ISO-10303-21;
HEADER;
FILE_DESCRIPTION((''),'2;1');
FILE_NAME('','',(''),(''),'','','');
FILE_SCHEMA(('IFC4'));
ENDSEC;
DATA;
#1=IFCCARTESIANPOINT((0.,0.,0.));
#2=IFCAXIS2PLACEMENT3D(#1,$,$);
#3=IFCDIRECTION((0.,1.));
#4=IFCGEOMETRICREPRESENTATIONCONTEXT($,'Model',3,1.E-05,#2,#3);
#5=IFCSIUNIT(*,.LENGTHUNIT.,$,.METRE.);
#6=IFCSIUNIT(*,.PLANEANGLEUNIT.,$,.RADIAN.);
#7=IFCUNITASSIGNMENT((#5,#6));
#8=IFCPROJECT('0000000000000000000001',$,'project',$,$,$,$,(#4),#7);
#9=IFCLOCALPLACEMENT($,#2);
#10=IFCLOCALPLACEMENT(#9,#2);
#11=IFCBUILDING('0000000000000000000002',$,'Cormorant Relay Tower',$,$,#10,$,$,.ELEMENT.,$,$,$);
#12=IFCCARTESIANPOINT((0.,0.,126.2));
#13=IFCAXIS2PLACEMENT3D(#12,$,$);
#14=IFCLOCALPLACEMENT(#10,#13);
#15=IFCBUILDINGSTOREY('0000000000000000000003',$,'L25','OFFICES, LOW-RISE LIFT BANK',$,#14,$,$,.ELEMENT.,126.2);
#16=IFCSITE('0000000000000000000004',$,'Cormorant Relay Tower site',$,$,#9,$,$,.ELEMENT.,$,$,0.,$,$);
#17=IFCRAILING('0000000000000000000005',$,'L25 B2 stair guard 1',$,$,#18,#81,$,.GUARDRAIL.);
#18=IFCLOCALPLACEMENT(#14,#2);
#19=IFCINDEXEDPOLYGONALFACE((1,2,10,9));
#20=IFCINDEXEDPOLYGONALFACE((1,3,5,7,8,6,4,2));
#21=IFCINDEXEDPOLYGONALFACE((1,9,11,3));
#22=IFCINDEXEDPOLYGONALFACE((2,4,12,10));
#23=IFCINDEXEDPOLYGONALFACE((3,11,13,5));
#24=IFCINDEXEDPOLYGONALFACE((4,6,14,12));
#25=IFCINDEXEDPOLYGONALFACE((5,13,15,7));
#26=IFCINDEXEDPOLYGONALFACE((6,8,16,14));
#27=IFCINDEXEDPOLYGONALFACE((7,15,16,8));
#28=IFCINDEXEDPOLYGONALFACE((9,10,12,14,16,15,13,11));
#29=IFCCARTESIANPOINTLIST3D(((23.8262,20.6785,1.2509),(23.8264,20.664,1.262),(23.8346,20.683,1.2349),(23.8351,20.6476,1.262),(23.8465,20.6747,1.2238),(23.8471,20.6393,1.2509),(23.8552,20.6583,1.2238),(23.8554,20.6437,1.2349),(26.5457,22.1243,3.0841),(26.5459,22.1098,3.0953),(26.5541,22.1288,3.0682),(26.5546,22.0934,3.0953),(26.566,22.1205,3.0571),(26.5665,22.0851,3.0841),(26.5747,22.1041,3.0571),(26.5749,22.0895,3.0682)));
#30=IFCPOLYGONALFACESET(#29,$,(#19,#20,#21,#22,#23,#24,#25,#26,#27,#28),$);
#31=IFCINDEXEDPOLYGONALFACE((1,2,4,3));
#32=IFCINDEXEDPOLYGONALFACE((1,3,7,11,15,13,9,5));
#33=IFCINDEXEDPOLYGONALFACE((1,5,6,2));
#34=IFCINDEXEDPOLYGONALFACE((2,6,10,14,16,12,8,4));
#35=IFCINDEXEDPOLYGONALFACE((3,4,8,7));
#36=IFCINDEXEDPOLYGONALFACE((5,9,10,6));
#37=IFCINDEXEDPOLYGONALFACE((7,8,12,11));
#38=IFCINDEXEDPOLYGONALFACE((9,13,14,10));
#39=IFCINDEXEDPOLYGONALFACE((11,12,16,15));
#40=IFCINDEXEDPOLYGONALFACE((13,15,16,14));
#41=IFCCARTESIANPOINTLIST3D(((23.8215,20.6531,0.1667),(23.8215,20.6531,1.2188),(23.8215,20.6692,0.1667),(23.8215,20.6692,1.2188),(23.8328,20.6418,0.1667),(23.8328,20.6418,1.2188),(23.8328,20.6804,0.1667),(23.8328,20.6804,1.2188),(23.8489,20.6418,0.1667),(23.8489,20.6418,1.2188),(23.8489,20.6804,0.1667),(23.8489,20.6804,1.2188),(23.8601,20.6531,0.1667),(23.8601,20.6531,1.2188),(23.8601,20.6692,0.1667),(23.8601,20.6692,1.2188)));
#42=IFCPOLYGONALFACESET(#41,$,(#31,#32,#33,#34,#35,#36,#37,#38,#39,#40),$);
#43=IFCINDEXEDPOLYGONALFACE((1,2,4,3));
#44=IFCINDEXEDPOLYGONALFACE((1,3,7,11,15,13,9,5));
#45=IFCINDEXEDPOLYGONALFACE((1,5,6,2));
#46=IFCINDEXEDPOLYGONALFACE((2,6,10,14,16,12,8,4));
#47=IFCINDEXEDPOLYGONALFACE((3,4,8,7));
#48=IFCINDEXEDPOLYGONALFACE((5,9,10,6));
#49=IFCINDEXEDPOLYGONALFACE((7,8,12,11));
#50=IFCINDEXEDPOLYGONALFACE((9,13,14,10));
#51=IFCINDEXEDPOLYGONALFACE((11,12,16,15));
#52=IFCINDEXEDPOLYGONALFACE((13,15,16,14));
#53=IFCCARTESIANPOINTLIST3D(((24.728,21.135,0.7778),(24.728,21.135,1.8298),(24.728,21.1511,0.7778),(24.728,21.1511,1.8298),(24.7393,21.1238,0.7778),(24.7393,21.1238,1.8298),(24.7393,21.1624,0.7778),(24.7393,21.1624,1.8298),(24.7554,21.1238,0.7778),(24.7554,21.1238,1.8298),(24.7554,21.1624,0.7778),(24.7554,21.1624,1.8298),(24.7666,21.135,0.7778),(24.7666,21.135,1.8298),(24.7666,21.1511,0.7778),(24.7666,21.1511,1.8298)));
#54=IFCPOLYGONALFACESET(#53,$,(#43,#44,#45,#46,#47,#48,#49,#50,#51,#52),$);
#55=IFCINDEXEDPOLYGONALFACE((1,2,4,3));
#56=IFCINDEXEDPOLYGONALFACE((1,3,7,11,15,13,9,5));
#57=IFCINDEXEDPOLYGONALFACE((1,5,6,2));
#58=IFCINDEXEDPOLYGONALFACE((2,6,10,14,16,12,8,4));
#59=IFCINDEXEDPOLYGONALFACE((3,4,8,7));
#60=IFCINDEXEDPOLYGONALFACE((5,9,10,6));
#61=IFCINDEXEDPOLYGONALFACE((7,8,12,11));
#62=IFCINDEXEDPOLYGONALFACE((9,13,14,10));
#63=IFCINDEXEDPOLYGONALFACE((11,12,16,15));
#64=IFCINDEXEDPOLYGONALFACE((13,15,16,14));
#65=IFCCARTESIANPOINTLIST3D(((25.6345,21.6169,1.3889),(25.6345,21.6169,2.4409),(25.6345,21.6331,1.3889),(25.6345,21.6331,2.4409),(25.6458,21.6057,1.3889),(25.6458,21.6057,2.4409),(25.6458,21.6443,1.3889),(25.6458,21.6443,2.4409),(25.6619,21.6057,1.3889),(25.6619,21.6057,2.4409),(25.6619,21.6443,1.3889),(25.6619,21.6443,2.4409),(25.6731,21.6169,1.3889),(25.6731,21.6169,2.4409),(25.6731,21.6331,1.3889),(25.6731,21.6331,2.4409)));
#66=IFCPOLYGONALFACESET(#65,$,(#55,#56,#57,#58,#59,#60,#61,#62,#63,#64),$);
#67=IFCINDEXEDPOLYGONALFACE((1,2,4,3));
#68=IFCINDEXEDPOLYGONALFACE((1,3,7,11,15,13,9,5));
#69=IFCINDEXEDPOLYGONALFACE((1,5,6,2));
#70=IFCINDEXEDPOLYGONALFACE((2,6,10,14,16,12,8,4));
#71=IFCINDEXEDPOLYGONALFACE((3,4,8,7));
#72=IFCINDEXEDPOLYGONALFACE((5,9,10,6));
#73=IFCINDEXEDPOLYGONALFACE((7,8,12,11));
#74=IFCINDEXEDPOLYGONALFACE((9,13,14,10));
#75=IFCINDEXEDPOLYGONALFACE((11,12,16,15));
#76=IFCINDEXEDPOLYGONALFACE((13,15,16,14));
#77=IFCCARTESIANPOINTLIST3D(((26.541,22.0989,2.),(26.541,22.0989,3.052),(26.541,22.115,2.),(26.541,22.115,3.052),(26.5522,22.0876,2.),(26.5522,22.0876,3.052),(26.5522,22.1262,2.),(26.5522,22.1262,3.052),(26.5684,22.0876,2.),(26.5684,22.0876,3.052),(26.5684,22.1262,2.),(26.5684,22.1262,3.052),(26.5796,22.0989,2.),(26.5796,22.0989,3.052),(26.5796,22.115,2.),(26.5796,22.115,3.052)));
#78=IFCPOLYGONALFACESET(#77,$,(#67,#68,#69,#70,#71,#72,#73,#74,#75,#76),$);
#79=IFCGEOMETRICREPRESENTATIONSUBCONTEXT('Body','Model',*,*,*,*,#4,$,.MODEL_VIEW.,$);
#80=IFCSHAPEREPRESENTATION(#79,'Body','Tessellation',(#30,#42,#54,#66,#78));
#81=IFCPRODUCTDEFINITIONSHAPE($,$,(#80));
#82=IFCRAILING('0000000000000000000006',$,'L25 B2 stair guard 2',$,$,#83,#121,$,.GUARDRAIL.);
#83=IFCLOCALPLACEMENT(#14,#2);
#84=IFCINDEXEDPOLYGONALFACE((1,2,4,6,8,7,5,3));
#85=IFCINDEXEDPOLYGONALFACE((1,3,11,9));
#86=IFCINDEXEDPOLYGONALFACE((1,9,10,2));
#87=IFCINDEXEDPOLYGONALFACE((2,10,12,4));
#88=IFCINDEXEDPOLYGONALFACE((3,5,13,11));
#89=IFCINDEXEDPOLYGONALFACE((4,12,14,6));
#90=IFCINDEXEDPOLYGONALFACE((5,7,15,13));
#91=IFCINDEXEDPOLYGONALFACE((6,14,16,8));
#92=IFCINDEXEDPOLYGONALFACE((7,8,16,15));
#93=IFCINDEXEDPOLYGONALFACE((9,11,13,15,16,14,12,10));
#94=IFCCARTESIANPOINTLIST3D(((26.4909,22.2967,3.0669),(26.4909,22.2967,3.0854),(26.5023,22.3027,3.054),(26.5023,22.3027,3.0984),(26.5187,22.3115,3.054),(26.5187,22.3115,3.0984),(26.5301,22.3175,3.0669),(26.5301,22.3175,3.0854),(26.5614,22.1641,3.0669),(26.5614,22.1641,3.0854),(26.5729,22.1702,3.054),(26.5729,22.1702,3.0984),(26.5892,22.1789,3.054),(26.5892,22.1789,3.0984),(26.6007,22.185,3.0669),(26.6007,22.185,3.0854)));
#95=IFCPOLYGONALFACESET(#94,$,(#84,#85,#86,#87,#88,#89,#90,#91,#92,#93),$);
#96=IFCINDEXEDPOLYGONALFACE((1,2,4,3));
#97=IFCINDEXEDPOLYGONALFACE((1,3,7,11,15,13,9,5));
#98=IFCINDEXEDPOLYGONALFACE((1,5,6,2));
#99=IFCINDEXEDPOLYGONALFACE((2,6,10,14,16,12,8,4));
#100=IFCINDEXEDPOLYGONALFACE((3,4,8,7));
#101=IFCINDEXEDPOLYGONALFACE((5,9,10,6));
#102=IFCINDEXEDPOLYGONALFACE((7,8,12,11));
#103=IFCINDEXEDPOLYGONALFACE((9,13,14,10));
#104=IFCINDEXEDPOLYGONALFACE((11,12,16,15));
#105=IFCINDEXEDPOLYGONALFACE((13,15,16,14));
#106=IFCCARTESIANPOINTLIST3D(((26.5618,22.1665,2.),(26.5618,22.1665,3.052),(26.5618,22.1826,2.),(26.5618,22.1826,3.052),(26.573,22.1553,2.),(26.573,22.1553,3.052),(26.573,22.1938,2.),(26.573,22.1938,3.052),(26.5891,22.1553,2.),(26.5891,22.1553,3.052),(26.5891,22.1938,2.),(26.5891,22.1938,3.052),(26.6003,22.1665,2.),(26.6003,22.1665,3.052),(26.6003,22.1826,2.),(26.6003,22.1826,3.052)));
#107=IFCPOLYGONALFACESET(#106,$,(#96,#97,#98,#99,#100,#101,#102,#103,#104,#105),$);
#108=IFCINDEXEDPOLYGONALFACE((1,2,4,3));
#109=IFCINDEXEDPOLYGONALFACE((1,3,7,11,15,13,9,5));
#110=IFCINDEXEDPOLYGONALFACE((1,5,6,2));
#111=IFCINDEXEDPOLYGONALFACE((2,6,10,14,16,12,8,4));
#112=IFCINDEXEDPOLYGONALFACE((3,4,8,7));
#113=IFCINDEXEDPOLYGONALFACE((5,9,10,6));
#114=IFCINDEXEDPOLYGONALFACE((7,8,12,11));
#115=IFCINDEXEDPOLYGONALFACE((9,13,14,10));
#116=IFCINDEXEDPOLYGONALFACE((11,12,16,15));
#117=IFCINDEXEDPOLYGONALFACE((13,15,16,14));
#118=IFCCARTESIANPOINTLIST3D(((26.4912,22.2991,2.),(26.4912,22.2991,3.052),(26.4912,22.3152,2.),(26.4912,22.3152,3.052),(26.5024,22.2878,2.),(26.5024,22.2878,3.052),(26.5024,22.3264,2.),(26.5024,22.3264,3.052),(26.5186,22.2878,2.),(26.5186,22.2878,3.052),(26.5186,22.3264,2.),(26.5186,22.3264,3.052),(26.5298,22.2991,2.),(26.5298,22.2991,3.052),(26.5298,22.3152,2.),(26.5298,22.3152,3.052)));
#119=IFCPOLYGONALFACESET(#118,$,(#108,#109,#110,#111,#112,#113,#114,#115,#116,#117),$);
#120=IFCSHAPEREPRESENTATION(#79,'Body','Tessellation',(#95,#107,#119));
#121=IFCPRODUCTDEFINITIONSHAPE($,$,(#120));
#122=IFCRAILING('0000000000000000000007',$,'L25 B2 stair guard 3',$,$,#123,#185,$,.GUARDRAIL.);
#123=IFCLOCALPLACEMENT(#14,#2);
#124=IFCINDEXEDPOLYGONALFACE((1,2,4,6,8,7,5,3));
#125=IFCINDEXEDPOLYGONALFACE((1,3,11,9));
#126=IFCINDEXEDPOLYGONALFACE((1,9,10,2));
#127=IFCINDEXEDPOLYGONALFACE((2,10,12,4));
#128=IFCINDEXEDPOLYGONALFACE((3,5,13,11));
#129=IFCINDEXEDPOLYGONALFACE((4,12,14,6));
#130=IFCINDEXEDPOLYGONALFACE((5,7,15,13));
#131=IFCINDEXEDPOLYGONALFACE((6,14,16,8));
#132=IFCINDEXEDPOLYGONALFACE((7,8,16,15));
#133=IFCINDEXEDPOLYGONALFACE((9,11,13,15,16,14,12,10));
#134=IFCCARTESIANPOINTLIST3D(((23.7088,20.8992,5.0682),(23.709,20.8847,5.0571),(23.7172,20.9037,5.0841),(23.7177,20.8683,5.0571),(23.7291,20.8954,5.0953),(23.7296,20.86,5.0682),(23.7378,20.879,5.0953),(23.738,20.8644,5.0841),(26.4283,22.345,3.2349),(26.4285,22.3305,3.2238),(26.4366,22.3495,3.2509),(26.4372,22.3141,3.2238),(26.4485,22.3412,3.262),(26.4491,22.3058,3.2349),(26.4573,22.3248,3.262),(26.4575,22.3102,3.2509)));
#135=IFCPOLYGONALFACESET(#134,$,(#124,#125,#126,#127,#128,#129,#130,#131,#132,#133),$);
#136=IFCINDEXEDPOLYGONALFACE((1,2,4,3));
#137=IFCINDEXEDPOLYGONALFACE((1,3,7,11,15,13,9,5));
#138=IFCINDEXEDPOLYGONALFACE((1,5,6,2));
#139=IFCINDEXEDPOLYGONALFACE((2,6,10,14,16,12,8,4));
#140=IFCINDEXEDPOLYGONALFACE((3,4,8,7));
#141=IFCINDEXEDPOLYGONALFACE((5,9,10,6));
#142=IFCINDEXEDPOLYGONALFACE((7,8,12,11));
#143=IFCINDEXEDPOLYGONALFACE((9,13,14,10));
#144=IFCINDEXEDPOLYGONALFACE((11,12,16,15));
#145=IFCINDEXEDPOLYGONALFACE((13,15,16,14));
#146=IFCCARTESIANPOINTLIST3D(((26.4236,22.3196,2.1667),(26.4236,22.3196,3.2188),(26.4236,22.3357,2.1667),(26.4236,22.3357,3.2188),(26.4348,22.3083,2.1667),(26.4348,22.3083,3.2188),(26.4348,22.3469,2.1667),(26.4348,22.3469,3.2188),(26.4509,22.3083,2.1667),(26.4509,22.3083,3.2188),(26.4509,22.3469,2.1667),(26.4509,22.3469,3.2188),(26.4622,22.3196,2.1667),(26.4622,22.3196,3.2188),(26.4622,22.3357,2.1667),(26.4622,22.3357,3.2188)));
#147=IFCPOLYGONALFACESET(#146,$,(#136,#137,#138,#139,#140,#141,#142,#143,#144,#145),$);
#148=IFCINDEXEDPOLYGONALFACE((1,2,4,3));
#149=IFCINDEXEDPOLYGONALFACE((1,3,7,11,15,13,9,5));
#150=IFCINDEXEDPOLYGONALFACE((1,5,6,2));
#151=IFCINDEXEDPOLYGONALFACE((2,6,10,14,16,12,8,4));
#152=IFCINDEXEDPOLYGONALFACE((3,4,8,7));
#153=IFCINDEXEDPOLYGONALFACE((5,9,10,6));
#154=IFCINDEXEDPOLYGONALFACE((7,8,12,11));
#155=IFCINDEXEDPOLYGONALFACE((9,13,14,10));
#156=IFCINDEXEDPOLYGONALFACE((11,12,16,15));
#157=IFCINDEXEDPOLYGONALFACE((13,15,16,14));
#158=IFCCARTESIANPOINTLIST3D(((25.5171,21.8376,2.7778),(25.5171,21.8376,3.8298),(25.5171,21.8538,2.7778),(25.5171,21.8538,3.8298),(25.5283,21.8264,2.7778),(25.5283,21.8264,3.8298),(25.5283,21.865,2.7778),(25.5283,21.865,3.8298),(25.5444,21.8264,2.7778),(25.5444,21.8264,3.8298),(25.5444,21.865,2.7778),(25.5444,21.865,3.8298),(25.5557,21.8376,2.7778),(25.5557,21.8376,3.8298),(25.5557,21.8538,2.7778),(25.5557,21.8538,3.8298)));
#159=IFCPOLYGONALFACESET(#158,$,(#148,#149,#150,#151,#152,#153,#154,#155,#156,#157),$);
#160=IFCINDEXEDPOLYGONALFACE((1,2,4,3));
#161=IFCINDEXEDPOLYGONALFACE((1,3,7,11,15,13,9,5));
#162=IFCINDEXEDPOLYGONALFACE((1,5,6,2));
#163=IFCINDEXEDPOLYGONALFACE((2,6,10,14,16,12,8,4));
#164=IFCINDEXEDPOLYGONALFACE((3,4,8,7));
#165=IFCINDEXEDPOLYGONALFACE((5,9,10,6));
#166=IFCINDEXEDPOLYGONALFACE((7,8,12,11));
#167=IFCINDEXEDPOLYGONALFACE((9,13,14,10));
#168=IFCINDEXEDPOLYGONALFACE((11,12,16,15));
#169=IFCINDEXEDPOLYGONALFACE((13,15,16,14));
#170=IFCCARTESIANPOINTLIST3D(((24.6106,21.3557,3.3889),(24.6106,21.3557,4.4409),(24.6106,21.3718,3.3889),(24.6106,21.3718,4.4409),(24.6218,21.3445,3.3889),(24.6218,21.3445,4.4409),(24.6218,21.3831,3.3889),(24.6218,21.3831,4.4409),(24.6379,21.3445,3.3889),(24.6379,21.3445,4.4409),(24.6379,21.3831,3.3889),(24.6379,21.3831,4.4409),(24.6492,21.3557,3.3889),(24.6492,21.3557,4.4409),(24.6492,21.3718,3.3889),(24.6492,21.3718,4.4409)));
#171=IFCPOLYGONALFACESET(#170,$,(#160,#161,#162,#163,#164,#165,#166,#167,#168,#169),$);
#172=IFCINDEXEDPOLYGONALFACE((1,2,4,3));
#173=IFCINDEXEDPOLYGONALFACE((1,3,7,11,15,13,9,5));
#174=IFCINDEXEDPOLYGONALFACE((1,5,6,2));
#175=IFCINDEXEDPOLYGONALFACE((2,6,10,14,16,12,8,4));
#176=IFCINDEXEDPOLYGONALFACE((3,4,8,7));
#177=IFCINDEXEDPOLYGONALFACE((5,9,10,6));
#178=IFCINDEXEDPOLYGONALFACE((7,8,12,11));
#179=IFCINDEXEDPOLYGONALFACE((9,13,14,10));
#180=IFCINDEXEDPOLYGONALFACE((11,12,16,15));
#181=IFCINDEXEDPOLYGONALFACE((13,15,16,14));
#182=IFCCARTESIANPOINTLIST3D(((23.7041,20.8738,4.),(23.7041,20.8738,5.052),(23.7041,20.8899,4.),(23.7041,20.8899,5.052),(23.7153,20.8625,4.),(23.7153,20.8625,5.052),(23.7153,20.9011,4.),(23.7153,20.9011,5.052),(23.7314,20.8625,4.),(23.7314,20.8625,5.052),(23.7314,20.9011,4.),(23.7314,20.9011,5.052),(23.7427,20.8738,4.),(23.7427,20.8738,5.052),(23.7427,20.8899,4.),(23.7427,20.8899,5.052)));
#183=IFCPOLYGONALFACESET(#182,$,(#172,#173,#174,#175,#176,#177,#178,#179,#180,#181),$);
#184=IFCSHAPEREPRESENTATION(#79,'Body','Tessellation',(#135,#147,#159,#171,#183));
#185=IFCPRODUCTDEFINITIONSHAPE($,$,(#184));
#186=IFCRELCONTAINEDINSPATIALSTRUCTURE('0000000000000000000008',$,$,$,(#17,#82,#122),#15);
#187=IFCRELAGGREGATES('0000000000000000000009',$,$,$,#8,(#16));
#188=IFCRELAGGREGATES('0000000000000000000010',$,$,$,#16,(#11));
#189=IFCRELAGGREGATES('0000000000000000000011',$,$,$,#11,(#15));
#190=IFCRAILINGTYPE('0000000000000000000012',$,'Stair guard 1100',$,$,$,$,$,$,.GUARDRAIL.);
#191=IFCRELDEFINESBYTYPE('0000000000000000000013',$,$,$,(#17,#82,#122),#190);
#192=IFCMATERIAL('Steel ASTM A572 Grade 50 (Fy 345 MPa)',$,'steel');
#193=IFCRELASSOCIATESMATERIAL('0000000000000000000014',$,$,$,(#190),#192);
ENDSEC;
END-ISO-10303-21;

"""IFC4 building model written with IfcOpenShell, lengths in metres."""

from ifc_helpers import new_model, si_unit, direction, frame, origin, place, context, subcontext, project, spatial, polyline, outline, extrude, material, type_object, element, save


model = new_model("IFC4")

# Units and contexts
model_context = context("Model", 3, precision=1e-05, world=origin(), true_north=direction((0.0, 1.0)))
body_context = subcontext(model_context, "Body", "Model", "MODEL_VIEW")
ifc_project = project(units=[si_unit("LENGTHUNIT", "METRE"), si_unit("PLANEANGLEUNIT", "RADIAN")], contexts=[model_context])

# Site, building, storey
site_placement = place(None, origin())
site = spatial("IfcSite", under=ifc_project, at=site_placement, Name="Cormorant Relay Tower site", CompositionType="ELEMENT", RefElevation=0.0)
building_placement = place(site_placement, origin())
building = spatial("IfcBuilding", under=site, at=building_placement, Name="Cormorant Relay Tower", CompositionType="ELEMENT")
storey_placement = place(building_placement, frame((0.0, 0.0, 126.2)))
storey = spatial("IfcBuildingStorey", under=building, at=storey_placement, Name="L25", Description="OFFICES, LOW-RISE LIFT BANK", CompositionType="ELEMENT", Elevation=126.2)

# Railings
ifc_material_1 = material(Name="Steel ASTM A572 Grade 50 (Fy 345 MPa)", Category="steel")
railing_type_1 = type_object("IfcRailingType", Name="Stair guard 1100", PredefinedType="GUARDRAIL", material=ifc_material_1)
railing_1_placement = place(storey_placement, frame((23.8408, 20.6611, 0.1667)))
element("IfcRailing", 1, at=railing_1_placement, inside=storey, type_object=railing_type_1, Name="L25 B2 stair guard 1", PredefinedType="GUARDRAIL", context=body_context, shape_type="SweptSolid", body=[
    extrude(outline(polyline([(0.0222, 0.0093), (0.0093, 0.0222), (-0.0093, 0.0222), (-0.0222, 0.0093), (-0.0222, -0.0093), (-0.0093, -0.0222), (0.0093, -0.0222), (0.0222, -0.0093), (0.0222, 0.0093)])), frame((0.0, 0.0, 1.0762), z_axis=(0.758735, 0.403378, 0.511477), x_axis=(-0.469428, 0.882971, 0.0)), (0.0, 0.0, 1.0), 3.5842),
    extrude(outline(polyline([(0.0193, 0.0081), (0.0081, 0.0193), (-0.0081, 0.0193), (-0.0193, 0.0081), (-0.0193, -0.0081), (-0.0081, -0.0193), (0.0081, -0.0193), (0.0193, -0.0081), (0.0193, 0.0081)])), origin(), (0.0, 0.0, 1.0), 1.052),
    extrude(outline(polyline([(0.0193, 0.0081), (0.0081, 0.0193), (-0.0081, 0.0193), (-0.0193, 0.0081), (-0.0193, -0.0081), (-0.0081, -0.0193), (0.0081, -0.0193), (0.0193, -0.0081), (0.0193, 0.0081)])), frame((0.9065, 0.4819, 0.6111)), (0.0, 0.0, 1.0), 1.052),
    extrude(outline(polyline([(0.0193, 0.0081), (0.0081, 0.0193), (-0.0081, 0.0193), (-0.0193, 0.0081), (-0.0193, -0.0081), (-0.0081, -0.0193), (0.0081, -0.0193), (0.0193, -0.0081), (0.0193, 0.0081)])), frame((1.813, 0.9639, 1.2222)), (0.0, 0.0, 1.0), 1.052),
    extrude(outline(polyline([(0.0193, 0.0081), (0.0081, 0.0193), (-0.0081, 0.0193), (-0.0193, 0.0081), (-0.0193, -0.0081), (-0.0081, -0.0193), (0.0081, -0.0193), (0.0193, -0.0081), (0.0193, 0.0081)])), frame((2.7195, 1.4458, 1.8333)), (0.0, 0.0, 1.0), 1.052),
])
railing_2_placement = place(storey_placement, frame((26.5811, 22.1746, 2.0)))
element("IfcRailing", 2, at=railing_2_placement, inside=storey, type_object=railing_type_1, Name="L25 B2 stair guard 2", PredefinedType="GUARDRAIL", context=body_context, shape_type="SweptSolid", body=[
    extrude(outline(polyline([(0.0222, 0.0093), (0.0093, 0.0222), (-0.0093, 0.0222), (-0.0222, 0.0093), (-0.0222, -0.0093), (-0.0093, -0.0222), (0.0093, -0.0222), (0.0222, -0.0093), (0.0222, 0.0093)])), frame((0.0, 0.0, 1.0762), z_axis=(-0.469829, 0.882758, 0.0), x_axis=(-0.882758, -0.469829, 0.0)), (0.0, 0.0, 1.0), 0.1501),
    extrude(outline(polyline([(0.0193, 0.0081), (0.0081, 0.0193), (-0.0081, 0.0193), (-0.0193, 0.0081), (-0.0193, -0.0081), (-0.0081, -0.0193), (0.0081, -0.0193), (0.0193, -0.0081), (0.0193, 0.0081)])), origin(), (0.0, 0.0, 1.0), 1.052),
    extrude(outline(polyline([(0.0193, 0.0081), (0.0081, 0.0193), (-0.0081, 0.0193), (-0.0193, 0.0081), (-0.0193, -0.0081), (-0.0081, -0.0193), (0.0081, -0.0193), (0.0193, -0.0081), (0.0193, 0.0081)])), frame((-0.0706, 0.1326, 0.0)), (0.0, 0.0, 1.0), 1.052),
])
railing_3_placement = place(storey_placement, frame((26.4429, 22.3276, 2.1667)))
element("IfcRailing", 3, at=railing_3_placement, inside=storey, type_object=railing_type_1, Name="L25 B2 stair guard 3", PredefinedType="GUARDRAIL", context=body_context, shape_type="SweptSolid", body=[
    extrude(outline(polyline([(0.0222, 0.0093), (0.0093, 0.0222), (-0.0093, 0.0222), (-0.0222, 0.0093), (-0.0222, -0.0093), (-0.0093, -0.0222), (0.0093, -0.0222), (0.0222, -0.0093), (0.0222, 0.0093)])), frame((0.0, 0.0, 1.0762), z_axis=(-0.758735, -0.403378, 0.511477), x_axis=(0.469428, -0.882971, 0.0)), (0.0, 0.0, 1.0), 3.5842),
    extrude(outline(polyline([(0.0193, 0.0081), (0.0081, 0.0193), (-0.0081, 0.0193), (-0.0193, 0.0081), (-0.0193, -0.0081), (-0.0081, -0.0193), (0.0081, -0.0193), (0.0193, -0.0081), (0.0193, 0.0081)])), origin(), (0.0, 0.0, 1.0), 1.052),
    extrude(outline(polyline([(0.0193, 0.0081), (0.0081, 0.0193), (-0.0081, 0.0193), (-0.0193, 0.0081), (-0.0193, -0.0081), (-0.0081, -0.0193), (0.0081, -0.0193), (0.0193, -0.0081), (0.0193, 0.0081)])), frame((-0.9065, -0.4819, 0.6111)), (0.0, 0.0, 1.0), 1.052),
    extrude(outline(polyline([(0.0193, 0.0081), (0.0081, 0.0193), (-0.0081, 0.0193), (-0.0193, 0.0081), (-0.0193, -0.0081), (-0.0081, -0.0193), (0.0081, -0.0193), (0.0193, -0.0081), (0.0193, 0.0081)])), frame((-1.813, -0.9639, 1.2222)), (0.0, 0.0, 1.0), 1.052),
    extrude(outline(polyline([(0.0193, 0.0081), (0.0081, 0.0193), (-0.0081, 0.0193), (-0.0193, 0.0081), (-0.0193, -0.0081), (-0.0081, -0.0193), (0.0081, -0.0193), (0.0193, -0.0081), (0.0193, 0.0081)])), frame((-2.7195, -1.4458, 1.8333)), (0.0, 0.0, 1.0), 1.052),
])

save(model, "model.ifc")
